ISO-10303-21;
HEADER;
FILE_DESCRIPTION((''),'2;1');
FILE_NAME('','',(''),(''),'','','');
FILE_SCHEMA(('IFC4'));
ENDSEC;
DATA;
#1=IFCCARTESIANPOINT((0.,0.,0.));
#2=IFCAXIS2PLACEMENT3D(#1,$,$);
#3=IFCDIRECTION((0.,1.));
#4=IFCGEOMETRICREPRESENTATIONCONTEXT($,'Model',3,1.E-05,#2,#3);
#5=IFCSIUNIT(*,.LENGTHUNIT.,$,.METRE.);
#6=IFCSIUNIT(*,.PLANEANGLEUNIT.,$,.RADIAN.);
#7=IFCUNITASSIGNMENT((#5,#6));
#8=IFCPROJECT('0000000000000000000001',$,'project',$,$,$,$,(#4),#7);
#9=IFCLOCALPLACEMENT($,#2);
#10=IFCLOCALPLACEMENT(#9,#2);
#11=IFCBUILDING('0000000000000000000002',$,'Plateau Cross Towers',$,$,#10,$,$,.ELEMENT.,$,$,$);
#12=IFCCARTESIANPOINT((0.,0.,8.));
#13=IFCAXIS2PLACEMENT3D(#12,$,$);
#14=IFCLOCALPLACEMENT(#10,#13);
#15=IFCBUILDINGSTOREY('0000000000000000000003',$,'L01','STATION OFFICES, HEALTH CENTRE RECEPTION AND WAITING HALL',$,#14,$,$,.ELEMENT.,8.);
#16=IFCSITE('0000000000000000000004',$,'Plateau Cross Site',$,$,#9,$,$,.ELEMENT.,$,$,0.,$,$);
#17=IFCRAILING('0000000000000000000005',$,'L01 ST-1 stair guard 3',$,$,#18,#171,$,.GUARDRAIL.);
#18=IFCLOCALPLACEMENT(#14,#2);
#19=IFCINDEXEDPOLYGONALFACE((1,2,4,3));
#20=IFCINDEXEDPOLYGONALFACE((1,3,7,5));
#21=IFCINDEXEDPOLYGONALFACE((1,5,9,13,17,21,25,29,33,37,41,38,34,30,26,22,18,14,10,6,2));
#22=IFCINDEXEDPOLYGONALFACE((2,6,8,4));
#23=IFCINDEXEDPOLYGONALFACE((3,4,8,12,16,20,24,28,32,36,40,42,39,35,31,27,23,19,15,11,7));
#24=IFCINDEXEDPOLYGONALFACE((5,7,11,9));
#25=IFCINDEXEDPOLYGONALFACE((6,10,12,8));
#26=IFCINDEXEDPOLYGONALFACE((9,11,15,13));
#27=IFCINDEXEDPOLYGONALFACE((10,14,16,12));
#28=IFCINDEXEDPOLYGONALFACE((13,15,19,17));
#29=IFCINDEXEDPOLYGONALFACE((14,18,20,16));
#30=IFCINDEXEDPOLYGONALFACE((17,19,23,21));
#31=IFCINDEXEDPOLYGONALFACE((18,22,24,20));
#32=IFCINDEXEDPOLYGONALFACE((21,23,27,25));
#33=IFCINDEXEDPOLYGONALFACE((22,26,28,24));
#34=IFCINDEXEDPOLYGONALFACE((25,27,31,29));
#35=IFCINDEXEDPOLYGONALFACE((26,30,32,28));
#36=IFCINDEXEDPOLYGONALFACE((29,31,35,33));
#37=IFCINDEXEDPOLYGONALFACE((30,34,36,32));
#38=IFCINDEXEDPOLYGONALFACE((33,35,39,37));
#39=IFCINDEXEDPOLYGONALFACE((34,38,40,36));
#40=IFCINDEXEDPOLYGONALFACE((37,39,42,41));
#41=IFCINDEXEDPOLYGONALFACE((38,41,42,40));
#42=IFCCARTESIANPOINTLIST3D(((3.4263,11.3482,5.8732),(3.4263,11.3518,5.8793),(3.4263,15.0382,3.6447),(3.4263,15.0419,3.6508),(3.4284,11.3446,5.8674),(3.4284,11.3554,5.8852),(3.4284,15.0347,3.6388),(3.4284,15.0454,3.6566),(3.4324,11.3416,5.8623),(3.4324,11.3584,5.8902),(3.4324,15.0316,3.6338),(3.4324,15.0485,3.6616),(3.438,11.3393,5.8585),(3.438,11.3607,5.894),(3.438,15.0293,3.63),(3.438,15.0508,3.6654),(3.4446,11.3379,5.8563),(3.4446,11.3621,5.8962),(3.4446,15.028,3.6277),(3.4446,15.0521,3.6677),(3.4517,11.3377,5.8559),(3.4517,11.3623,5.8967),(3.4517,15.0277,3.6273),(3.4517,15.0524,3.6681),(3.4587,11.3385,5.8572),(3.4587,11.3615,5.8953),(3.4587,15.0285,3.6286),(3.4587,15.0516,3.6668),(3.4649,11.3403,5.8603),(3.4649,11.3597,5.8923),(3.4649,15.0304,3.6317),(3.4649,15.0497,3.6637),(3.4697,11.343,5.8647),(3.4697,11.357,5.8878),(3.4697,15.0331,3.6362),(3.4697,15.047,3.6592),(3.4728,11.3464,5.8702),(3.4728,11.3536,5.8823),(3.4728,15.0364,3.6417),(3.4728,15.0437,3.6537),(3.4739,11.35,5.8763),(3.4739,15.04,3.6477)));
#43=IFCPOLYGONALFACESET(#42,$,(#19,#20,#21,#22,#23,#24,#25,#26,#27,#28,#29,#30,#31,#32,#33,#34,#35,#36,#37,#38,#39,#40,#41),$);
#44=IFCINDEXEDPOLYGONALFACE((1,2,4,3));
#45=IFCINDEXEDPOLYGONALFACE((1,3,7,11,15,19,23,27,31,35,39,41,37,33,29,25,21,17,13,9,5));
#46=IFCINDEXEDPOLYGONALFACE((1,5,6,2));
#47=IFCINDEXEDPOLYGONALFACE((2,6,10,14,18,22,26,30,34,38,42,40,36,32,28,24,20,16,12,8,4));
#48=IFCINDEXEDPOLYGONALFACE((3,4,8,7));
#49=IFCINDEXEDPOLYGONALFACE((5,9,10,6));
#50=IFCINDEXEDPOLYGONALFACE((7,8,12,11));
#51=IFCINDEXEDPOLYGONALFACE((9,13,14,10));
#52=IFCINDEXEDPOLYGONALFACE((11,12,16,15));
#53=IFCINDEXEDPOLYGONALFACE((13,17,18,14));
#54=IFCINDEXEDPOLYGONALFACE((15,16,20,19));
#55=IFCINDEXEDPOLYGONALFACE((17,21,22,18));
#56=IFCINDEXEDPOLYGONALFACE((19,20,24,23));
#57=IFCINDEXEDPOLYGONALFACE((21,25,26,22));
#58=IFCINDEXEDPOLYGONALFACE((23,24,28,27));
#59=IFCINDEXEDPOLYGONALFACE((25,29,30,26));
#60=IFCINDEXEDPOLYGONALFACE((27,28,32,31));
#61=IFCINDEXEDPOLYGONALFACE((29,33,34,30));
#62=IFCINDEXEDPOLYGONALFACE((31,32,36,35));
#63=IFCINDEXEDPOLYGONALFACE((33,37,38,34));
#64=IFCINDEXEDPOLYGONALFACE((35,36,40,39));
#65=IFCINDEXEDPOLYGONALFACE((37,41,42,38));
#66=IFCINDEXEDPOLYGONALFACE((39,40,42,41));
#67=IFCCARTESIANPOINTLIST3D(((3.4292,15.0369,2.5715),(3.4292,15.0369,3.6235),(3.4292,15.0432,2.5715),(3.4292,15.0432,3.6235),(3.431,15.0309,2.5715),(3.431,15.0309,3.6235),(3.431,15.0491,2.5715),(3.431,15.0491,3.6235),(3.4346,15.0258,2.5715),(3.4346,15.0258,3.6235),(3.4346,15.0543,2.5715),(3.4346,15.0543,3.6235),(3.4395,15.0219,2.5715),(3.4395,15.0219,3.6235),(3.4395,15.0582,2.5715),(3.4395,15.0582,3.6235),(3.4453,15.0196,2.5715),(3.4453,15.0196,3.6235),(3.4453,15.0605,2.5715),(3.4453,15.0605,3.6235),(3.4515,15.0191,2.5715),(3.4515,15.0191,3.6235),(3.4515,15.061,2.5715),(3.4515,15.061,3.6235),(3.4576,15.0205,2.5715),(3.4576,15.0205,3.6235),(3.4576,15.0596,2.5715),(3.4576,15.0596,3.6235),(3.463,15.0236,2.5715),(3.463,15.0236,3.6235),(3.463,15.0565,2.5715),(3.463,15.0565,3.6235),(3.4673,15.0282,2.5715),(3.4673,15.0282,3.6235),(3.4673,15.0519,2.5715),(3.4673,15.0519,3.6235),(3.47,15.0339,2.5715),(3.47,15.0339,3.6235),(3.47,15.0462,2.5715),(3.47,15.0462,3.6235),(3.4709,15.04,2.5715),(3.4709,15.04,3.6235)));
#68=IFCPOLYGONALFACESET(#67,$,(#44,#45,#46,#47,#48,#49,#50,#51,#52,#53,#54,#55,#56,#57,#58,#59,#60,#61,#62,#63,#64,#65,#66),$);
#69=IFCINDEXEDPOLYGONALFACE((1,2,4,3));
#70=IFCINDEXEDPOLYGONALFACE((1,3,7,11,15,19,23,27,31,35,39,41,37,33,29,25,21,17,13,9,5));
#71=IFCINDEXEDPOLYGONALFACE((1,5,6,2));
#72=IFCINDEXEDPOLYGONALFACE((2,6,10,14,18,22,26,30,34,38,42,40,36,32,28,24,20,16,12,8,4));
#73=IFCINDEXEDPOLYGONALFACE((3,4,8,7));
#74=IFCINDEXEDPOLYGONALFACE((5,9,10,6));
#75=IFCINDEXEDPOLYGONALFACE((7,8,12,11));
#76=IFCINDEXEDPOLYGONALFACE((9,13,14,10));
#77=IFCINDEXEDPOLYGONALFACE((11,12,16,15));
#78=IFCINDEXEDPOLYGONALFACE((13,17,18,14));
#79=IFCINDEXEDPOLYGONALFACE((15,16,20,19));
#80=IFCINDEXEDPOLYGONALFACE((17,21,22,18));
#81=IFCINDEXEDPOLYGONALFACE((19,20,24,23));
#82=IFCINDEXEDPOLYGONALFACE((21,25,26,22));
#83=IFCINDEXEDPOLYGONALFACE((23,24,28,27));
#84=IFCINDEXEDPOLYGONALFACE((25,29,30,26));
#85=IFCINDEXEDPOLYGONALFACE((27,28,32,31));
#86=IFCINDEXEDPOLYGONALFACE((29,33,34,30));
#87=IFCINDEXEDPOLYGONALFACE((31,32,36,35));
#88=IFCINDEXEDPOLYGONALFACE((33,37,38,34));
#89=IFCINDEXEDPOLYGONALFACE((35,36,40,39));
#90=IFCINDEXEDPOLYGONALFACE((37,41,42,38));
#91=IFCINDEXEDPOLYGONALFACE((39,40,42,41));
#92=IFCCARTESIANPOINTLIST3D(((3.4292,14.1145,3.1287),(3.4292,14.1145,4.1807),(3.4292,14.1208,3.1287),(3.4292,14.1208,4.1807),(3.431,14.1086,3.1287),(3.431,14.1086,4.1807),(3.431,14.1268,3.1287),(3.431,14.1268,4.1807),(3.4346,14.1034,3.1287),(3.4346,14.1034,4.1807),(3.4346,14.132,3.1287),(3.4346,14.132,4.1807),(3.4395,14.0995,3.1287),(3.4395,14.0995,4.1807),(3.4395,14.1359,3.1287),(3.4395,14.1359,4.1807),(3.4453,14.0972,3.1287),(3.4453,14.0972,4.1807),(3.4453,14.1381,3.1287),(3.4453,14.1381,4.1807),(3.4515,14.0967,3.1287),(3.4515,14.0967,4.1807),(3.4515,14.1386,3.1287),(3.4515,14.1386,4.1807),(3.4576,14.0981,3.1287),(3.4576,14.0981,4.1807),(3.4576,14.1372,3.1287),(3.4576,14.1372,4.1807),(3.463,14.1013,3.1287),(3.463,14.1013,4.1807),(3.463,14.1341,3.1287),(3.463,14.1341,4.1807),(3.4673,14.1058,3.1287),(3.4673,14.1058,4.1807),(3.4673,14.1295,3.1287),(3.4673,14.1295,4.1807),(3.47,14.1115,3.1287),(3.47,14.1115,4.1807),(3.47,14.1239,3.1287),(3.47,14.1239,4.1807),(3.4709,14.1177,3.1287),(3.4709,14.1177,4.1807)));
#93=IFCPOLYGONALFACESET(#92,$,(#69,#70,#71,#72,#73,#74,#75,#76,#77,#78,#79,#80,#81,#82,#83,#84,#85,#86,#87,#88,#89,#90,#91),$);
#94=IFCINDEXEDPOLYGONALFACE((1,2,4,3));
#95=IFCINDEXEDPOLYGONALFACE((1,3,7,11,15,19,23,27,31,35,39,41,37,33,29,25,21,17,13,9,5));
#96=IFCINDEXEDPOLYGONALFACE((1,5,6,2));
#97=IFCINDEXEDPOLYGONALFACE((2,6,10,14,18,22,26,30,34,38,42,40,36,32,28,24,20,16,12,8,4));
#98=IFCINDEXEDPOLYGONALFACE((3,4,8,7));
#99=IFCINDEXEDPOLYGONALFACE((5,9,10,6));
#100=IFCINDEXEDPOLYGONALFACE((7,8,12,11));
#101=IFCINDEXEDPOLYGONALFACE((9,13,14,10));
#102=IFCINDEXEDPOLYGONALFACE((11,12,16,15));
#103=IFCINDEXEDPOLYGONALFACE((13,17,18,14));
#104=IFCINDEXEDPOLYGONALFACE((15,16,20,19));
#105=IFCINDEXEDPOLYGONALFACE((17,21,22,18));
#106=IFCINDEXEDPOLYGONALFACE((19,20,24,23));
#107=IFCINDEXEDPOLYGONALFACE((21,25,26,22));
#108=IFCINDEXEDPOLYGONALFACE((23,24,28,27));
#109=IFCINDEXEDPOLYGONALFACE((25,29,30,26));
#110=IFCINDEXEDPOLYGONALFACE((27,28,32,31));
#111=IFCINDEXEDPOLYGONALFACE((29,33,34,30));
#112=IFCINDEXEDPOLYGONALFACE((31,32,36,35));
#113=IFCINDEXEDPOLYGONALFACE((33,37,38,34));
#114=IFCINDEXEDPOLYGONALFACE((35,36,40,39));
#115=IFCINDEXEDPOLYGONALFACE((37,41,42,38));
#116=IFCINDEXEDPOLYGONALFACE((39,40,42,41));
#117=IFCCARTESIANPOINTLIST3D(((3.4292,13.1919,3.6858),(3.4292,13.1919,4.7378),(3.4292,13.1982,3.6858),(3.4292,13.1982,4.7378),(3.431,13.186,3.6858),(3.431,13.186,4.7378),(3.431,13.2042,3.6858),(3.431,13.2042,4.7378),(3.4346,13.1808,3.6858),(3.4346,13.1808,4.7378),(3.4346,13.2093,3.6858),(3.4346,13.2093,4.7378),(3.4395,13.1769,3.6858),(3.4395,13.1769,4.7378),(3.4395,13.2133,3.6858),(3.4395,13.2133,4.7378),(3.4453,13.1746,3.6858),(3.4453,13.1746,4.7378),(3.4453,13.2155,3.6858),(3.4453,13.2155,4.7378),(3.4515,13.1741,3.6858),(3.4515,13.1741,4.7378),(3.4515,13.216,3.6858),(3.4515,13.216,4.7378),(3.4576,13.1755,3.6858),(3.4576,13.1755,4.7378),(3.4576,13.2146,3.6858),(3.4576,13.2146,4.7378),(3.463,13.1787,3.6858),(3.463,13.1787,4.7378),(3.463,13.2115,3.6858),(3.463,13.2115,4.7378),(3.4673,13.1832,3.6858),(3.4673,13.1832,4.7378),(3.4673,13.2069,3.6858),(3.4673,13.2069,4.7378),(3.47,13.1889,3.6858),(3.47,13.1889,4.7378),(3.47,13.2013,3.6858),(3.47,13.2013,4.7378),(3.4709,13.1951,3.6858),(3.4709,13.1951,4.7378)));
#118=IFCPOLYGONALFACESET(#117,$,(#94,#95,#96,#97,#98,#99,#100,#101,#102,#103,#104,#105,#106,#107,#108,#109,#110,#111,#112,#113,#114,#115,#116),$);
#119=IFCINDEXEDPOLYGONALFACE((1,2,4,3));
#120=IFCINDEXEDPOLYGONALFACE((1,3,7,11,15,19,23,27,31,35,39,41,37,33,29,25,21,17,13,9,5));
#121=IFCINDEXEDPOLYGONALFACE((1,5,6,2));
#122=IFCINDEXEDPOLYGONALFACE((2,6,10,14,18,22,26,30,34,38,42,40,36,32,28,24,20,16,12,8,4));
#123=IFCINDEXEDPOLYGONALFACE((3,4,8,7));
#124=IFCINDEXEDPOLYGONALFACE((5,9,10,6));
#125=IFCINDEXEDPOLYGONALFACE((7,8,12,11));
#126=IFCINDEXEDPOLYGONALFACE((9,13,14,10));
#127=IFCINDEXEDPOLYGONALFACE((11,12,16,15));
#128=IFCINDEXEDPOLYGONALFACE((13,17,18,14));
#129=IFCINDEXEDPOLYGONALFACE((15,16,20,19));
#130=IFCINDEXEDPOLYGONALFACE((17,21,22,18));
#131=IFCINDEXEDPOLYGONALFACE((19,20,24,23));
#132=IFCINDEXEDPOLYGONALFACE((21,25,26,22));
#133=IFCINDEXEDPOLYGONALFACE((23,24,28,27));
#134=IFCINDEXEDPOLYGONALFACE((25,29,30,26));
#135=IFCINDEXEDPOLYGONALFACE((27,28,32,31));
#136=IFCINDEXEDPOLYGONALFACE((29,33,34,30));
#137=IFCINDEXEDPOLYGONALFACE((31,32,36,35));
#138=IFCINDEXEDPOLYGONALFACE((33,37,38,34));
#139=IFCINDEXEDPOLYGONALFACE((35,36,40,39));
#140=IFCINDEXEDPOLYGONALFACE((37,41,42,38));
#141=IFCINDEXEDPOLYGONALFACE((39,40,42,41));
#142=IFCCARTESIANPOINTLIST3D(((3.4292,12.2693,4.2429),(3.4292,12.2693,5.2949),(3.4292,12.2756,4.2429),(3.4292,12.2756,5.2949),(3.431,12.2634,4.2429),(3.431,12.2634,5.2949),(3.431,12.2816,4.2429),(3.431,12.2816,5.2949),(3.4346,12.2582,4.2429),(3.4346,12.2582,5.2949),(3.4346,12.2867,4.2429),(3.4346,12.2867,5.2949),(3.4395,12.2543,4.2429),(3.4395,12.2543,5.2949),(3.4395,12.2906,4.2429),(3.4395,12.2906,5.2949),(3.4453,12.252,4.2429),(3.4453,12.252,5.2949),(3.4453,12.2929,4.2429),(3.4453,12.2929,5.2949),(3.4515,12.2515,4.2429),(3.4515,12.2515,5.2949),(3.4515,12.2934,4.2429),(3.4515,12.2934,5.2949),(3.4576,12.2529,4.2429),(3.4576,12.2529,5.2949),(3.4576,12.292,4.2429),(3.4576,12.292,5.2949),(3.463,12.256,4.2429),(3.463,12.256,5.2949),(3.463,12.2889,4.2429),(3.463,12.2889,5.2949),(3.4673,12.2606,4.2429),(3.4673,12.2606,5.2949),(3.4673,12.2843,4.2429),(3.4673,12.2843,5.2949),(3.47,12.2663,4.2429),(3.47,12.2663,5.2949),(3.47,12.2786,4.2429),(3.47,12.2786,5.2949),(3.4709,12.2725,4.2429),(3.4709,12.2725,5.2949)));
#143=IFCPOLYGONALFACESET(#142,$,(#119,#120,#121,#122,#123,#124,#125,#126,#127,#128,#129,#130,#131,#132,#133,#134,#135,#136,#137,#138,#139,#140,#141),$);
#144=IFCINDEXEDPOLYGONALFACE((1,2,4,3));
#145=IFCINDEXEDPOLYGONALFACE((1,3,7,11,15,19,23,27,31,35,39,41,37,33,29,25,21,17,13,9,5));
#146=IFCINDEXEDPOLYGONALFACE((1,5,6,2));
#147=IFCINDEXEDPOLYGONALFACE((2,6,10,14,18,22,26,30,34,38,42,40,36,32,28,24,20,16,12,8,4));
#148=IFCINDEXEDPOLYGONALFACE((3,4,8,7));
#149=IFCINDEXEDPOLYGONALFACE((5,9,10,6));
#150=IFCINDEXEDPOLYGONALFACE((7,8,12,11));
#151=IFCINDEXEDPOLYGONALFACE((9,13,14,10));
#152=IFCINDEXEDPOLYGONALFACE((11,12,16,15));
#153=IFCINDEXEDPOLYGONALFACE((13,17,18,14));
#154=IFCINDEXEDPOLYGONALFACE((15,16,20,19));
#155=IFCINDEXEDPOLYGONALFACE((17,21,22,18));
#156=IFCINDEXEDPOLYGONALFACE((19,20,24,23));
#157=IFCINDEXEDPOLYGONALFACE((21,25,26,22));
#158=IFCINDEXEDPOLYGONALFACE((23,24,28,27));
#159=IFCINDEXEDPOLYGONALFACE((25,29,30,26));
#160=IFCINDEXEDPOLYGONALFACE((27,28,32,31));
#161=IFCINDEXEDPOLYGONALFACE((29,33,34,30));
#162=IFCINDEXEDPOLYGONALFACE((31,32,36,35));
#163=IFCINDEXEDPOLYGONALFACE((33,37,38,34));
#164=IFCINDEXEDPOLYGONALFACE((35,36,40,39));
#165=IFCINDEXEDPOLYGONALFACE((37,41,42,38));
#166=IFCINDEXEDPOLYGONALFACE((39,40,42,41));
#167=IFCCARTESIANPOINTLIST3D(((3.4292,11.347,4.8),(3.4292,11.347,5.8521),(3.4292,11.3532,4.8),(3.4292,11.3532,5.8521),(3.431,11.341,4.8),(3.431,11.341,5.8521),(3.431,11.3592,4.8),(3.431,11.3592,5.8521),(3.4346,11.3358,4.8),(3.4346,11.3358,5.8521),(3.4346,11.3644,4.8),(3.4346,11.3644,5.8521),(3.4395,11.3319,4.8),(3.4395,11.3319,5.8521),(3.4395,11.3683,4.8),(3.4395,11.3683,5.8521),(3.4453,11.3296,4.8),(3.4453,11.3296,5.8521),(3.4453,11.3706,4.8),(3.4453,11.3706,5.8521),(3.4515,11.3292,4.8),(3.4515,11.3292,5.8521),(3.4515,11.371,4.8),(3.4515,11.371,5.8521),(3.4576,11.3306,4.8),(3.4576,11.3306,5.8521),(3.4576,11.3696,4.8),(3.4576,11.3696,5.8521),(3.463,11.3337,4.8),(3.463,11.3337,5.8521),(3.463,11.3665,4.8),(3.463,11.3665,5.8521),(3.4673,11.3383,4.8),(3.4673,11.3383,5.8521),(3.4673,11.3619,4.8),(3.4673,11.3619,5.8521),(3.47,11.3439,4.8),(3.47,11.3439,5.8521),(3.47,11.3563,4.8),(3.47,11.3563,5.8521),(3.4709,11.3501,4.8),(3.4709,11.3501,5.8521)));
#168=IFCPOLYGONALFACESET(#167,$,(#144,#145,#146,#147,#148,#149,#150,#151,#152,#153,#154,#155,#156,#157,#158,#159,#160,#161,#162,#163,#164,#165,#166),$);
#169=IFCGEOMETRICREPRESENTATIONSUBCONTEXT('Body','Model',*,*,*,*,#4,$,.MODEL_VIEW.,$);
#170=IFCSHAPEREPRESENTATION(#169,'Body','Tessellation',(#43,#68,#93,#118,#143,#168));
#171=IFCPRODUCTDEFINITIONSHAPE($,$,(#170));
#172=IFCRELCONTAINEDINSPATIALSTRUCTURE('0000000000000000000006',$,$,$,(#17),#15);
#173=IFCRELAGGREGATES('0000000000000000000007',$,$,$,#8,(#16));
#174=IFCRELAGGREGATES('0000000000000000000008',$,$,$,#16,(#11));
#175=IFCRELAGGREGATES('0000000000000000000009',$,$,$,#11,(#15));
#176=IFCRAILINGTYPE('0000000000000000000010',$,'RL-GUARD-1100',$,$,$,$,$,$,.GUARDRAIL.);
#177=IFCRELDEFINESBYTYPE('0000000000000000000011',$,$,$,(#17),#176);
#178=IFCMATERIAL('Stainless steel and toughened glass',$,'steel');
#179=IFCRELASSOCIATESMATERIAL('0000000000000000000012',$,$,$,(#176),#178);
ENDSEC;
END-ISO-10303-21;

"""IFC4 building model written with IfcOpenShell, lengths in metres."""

from ifc_helpers import new_model, si_unit, direction, frame, origin, origin_2d, place, context, subcontext, project, spatial, circle, extrude, material, type_object, element, save


model = new_model("IFC4")

# Units and contexts
model_context = context("Model", 3, precision=1e-05, world=origin(), true_north=direction((0.0, 1.0)))
body_context = subcontext(model_context, "Body", "Model", "MODEL_VIEW")
ifc_project = project(units=[si_unit("LENGTHUNIT", "METRE"), si_unit("PLANEANGLEUNIT", "RADIAN")], contexts=[model_context])

# Site, building, storey
site_placement = place(None, origin())
site = spatial("IfcSite", under=ifc_project, at=site_placement, Name="Plateau Cross Site", CompositionType="ELEMENT", RefElevation=0.0)
building_placement = place(site_placement, origin())
building = spatial("IfcBuilding", under=site, at=building_placement, Name="Plateau Cross Towers", CompositionType="ELEMENT")
storey_placement = place(building_placement, frame((0.0, 0.0, 8.0)))
storey = spatial("IfcBuildingStorey", under=building, at=storey_placement, Name="L01", Description="STATION OFFICES, HEALTH CENTRE RECEPTION AND WAITING HALL", CompositionType="ELEMENT", Elevation=8.0)

# Railing
ifc_material_1 = material(Name="Stainless steel and toughened glass", Category="steel")
railing_type_1 = type_object("IfcRailingType", Name="RL-GUARD-1100", PredefinedType="GUARDRAIL", material=ifc_material_1)
railing_1_placement = place(storey_placement, frame((3.45, 15.04, 2.5715)))
element("IfcRailing", 1, at=railing_1_placement, inside=storey, type_object=railing_type_1, Name="L01 ST-1 stair guard 3", PredefinedType="GUARDRAIL", context=body_context, shape_type="SweptSolid", body=[
    extrude(circle(Radius=0.0239, at=origin_2d()), frame((0.0, 0.0, 1.0762), z_axis=(0.0, -0.856, 0.516976), x_axis=(1.0, 0.0, 0.0)), (0.0, 0.0, 1.0), 4.3108),
    extrude(circle(Radius=0.021, at=origin_2d()), origin(), (0.0, 0.0, 1.0), 1.052),
    extrude(circle(Radius=0.021, at=origin_2d()), frame((0.0, -0.9224, 0.5571)), (0.0, 0.0, 1.0), 1.052),
    extrude(circle(Radius=0.021, at=origin_2d()), frame((0.0, -1.845, 1.1143)), (0.0, 0.0, 1.0), 1.052),
    extrude(circle(Radius=0.021, at=origin_2d()), frame((0.0, -2.7676, 1.6714)), (0.0, 0.0, 1.0), 1.052),
    extrude(circle(Radius=0.021, at=origin_2d()), frame((0.0, -3.6899, 2.2285)), (0.0, 0.0, 1.0), 1.052),
])

save(model, "model.ifc")
